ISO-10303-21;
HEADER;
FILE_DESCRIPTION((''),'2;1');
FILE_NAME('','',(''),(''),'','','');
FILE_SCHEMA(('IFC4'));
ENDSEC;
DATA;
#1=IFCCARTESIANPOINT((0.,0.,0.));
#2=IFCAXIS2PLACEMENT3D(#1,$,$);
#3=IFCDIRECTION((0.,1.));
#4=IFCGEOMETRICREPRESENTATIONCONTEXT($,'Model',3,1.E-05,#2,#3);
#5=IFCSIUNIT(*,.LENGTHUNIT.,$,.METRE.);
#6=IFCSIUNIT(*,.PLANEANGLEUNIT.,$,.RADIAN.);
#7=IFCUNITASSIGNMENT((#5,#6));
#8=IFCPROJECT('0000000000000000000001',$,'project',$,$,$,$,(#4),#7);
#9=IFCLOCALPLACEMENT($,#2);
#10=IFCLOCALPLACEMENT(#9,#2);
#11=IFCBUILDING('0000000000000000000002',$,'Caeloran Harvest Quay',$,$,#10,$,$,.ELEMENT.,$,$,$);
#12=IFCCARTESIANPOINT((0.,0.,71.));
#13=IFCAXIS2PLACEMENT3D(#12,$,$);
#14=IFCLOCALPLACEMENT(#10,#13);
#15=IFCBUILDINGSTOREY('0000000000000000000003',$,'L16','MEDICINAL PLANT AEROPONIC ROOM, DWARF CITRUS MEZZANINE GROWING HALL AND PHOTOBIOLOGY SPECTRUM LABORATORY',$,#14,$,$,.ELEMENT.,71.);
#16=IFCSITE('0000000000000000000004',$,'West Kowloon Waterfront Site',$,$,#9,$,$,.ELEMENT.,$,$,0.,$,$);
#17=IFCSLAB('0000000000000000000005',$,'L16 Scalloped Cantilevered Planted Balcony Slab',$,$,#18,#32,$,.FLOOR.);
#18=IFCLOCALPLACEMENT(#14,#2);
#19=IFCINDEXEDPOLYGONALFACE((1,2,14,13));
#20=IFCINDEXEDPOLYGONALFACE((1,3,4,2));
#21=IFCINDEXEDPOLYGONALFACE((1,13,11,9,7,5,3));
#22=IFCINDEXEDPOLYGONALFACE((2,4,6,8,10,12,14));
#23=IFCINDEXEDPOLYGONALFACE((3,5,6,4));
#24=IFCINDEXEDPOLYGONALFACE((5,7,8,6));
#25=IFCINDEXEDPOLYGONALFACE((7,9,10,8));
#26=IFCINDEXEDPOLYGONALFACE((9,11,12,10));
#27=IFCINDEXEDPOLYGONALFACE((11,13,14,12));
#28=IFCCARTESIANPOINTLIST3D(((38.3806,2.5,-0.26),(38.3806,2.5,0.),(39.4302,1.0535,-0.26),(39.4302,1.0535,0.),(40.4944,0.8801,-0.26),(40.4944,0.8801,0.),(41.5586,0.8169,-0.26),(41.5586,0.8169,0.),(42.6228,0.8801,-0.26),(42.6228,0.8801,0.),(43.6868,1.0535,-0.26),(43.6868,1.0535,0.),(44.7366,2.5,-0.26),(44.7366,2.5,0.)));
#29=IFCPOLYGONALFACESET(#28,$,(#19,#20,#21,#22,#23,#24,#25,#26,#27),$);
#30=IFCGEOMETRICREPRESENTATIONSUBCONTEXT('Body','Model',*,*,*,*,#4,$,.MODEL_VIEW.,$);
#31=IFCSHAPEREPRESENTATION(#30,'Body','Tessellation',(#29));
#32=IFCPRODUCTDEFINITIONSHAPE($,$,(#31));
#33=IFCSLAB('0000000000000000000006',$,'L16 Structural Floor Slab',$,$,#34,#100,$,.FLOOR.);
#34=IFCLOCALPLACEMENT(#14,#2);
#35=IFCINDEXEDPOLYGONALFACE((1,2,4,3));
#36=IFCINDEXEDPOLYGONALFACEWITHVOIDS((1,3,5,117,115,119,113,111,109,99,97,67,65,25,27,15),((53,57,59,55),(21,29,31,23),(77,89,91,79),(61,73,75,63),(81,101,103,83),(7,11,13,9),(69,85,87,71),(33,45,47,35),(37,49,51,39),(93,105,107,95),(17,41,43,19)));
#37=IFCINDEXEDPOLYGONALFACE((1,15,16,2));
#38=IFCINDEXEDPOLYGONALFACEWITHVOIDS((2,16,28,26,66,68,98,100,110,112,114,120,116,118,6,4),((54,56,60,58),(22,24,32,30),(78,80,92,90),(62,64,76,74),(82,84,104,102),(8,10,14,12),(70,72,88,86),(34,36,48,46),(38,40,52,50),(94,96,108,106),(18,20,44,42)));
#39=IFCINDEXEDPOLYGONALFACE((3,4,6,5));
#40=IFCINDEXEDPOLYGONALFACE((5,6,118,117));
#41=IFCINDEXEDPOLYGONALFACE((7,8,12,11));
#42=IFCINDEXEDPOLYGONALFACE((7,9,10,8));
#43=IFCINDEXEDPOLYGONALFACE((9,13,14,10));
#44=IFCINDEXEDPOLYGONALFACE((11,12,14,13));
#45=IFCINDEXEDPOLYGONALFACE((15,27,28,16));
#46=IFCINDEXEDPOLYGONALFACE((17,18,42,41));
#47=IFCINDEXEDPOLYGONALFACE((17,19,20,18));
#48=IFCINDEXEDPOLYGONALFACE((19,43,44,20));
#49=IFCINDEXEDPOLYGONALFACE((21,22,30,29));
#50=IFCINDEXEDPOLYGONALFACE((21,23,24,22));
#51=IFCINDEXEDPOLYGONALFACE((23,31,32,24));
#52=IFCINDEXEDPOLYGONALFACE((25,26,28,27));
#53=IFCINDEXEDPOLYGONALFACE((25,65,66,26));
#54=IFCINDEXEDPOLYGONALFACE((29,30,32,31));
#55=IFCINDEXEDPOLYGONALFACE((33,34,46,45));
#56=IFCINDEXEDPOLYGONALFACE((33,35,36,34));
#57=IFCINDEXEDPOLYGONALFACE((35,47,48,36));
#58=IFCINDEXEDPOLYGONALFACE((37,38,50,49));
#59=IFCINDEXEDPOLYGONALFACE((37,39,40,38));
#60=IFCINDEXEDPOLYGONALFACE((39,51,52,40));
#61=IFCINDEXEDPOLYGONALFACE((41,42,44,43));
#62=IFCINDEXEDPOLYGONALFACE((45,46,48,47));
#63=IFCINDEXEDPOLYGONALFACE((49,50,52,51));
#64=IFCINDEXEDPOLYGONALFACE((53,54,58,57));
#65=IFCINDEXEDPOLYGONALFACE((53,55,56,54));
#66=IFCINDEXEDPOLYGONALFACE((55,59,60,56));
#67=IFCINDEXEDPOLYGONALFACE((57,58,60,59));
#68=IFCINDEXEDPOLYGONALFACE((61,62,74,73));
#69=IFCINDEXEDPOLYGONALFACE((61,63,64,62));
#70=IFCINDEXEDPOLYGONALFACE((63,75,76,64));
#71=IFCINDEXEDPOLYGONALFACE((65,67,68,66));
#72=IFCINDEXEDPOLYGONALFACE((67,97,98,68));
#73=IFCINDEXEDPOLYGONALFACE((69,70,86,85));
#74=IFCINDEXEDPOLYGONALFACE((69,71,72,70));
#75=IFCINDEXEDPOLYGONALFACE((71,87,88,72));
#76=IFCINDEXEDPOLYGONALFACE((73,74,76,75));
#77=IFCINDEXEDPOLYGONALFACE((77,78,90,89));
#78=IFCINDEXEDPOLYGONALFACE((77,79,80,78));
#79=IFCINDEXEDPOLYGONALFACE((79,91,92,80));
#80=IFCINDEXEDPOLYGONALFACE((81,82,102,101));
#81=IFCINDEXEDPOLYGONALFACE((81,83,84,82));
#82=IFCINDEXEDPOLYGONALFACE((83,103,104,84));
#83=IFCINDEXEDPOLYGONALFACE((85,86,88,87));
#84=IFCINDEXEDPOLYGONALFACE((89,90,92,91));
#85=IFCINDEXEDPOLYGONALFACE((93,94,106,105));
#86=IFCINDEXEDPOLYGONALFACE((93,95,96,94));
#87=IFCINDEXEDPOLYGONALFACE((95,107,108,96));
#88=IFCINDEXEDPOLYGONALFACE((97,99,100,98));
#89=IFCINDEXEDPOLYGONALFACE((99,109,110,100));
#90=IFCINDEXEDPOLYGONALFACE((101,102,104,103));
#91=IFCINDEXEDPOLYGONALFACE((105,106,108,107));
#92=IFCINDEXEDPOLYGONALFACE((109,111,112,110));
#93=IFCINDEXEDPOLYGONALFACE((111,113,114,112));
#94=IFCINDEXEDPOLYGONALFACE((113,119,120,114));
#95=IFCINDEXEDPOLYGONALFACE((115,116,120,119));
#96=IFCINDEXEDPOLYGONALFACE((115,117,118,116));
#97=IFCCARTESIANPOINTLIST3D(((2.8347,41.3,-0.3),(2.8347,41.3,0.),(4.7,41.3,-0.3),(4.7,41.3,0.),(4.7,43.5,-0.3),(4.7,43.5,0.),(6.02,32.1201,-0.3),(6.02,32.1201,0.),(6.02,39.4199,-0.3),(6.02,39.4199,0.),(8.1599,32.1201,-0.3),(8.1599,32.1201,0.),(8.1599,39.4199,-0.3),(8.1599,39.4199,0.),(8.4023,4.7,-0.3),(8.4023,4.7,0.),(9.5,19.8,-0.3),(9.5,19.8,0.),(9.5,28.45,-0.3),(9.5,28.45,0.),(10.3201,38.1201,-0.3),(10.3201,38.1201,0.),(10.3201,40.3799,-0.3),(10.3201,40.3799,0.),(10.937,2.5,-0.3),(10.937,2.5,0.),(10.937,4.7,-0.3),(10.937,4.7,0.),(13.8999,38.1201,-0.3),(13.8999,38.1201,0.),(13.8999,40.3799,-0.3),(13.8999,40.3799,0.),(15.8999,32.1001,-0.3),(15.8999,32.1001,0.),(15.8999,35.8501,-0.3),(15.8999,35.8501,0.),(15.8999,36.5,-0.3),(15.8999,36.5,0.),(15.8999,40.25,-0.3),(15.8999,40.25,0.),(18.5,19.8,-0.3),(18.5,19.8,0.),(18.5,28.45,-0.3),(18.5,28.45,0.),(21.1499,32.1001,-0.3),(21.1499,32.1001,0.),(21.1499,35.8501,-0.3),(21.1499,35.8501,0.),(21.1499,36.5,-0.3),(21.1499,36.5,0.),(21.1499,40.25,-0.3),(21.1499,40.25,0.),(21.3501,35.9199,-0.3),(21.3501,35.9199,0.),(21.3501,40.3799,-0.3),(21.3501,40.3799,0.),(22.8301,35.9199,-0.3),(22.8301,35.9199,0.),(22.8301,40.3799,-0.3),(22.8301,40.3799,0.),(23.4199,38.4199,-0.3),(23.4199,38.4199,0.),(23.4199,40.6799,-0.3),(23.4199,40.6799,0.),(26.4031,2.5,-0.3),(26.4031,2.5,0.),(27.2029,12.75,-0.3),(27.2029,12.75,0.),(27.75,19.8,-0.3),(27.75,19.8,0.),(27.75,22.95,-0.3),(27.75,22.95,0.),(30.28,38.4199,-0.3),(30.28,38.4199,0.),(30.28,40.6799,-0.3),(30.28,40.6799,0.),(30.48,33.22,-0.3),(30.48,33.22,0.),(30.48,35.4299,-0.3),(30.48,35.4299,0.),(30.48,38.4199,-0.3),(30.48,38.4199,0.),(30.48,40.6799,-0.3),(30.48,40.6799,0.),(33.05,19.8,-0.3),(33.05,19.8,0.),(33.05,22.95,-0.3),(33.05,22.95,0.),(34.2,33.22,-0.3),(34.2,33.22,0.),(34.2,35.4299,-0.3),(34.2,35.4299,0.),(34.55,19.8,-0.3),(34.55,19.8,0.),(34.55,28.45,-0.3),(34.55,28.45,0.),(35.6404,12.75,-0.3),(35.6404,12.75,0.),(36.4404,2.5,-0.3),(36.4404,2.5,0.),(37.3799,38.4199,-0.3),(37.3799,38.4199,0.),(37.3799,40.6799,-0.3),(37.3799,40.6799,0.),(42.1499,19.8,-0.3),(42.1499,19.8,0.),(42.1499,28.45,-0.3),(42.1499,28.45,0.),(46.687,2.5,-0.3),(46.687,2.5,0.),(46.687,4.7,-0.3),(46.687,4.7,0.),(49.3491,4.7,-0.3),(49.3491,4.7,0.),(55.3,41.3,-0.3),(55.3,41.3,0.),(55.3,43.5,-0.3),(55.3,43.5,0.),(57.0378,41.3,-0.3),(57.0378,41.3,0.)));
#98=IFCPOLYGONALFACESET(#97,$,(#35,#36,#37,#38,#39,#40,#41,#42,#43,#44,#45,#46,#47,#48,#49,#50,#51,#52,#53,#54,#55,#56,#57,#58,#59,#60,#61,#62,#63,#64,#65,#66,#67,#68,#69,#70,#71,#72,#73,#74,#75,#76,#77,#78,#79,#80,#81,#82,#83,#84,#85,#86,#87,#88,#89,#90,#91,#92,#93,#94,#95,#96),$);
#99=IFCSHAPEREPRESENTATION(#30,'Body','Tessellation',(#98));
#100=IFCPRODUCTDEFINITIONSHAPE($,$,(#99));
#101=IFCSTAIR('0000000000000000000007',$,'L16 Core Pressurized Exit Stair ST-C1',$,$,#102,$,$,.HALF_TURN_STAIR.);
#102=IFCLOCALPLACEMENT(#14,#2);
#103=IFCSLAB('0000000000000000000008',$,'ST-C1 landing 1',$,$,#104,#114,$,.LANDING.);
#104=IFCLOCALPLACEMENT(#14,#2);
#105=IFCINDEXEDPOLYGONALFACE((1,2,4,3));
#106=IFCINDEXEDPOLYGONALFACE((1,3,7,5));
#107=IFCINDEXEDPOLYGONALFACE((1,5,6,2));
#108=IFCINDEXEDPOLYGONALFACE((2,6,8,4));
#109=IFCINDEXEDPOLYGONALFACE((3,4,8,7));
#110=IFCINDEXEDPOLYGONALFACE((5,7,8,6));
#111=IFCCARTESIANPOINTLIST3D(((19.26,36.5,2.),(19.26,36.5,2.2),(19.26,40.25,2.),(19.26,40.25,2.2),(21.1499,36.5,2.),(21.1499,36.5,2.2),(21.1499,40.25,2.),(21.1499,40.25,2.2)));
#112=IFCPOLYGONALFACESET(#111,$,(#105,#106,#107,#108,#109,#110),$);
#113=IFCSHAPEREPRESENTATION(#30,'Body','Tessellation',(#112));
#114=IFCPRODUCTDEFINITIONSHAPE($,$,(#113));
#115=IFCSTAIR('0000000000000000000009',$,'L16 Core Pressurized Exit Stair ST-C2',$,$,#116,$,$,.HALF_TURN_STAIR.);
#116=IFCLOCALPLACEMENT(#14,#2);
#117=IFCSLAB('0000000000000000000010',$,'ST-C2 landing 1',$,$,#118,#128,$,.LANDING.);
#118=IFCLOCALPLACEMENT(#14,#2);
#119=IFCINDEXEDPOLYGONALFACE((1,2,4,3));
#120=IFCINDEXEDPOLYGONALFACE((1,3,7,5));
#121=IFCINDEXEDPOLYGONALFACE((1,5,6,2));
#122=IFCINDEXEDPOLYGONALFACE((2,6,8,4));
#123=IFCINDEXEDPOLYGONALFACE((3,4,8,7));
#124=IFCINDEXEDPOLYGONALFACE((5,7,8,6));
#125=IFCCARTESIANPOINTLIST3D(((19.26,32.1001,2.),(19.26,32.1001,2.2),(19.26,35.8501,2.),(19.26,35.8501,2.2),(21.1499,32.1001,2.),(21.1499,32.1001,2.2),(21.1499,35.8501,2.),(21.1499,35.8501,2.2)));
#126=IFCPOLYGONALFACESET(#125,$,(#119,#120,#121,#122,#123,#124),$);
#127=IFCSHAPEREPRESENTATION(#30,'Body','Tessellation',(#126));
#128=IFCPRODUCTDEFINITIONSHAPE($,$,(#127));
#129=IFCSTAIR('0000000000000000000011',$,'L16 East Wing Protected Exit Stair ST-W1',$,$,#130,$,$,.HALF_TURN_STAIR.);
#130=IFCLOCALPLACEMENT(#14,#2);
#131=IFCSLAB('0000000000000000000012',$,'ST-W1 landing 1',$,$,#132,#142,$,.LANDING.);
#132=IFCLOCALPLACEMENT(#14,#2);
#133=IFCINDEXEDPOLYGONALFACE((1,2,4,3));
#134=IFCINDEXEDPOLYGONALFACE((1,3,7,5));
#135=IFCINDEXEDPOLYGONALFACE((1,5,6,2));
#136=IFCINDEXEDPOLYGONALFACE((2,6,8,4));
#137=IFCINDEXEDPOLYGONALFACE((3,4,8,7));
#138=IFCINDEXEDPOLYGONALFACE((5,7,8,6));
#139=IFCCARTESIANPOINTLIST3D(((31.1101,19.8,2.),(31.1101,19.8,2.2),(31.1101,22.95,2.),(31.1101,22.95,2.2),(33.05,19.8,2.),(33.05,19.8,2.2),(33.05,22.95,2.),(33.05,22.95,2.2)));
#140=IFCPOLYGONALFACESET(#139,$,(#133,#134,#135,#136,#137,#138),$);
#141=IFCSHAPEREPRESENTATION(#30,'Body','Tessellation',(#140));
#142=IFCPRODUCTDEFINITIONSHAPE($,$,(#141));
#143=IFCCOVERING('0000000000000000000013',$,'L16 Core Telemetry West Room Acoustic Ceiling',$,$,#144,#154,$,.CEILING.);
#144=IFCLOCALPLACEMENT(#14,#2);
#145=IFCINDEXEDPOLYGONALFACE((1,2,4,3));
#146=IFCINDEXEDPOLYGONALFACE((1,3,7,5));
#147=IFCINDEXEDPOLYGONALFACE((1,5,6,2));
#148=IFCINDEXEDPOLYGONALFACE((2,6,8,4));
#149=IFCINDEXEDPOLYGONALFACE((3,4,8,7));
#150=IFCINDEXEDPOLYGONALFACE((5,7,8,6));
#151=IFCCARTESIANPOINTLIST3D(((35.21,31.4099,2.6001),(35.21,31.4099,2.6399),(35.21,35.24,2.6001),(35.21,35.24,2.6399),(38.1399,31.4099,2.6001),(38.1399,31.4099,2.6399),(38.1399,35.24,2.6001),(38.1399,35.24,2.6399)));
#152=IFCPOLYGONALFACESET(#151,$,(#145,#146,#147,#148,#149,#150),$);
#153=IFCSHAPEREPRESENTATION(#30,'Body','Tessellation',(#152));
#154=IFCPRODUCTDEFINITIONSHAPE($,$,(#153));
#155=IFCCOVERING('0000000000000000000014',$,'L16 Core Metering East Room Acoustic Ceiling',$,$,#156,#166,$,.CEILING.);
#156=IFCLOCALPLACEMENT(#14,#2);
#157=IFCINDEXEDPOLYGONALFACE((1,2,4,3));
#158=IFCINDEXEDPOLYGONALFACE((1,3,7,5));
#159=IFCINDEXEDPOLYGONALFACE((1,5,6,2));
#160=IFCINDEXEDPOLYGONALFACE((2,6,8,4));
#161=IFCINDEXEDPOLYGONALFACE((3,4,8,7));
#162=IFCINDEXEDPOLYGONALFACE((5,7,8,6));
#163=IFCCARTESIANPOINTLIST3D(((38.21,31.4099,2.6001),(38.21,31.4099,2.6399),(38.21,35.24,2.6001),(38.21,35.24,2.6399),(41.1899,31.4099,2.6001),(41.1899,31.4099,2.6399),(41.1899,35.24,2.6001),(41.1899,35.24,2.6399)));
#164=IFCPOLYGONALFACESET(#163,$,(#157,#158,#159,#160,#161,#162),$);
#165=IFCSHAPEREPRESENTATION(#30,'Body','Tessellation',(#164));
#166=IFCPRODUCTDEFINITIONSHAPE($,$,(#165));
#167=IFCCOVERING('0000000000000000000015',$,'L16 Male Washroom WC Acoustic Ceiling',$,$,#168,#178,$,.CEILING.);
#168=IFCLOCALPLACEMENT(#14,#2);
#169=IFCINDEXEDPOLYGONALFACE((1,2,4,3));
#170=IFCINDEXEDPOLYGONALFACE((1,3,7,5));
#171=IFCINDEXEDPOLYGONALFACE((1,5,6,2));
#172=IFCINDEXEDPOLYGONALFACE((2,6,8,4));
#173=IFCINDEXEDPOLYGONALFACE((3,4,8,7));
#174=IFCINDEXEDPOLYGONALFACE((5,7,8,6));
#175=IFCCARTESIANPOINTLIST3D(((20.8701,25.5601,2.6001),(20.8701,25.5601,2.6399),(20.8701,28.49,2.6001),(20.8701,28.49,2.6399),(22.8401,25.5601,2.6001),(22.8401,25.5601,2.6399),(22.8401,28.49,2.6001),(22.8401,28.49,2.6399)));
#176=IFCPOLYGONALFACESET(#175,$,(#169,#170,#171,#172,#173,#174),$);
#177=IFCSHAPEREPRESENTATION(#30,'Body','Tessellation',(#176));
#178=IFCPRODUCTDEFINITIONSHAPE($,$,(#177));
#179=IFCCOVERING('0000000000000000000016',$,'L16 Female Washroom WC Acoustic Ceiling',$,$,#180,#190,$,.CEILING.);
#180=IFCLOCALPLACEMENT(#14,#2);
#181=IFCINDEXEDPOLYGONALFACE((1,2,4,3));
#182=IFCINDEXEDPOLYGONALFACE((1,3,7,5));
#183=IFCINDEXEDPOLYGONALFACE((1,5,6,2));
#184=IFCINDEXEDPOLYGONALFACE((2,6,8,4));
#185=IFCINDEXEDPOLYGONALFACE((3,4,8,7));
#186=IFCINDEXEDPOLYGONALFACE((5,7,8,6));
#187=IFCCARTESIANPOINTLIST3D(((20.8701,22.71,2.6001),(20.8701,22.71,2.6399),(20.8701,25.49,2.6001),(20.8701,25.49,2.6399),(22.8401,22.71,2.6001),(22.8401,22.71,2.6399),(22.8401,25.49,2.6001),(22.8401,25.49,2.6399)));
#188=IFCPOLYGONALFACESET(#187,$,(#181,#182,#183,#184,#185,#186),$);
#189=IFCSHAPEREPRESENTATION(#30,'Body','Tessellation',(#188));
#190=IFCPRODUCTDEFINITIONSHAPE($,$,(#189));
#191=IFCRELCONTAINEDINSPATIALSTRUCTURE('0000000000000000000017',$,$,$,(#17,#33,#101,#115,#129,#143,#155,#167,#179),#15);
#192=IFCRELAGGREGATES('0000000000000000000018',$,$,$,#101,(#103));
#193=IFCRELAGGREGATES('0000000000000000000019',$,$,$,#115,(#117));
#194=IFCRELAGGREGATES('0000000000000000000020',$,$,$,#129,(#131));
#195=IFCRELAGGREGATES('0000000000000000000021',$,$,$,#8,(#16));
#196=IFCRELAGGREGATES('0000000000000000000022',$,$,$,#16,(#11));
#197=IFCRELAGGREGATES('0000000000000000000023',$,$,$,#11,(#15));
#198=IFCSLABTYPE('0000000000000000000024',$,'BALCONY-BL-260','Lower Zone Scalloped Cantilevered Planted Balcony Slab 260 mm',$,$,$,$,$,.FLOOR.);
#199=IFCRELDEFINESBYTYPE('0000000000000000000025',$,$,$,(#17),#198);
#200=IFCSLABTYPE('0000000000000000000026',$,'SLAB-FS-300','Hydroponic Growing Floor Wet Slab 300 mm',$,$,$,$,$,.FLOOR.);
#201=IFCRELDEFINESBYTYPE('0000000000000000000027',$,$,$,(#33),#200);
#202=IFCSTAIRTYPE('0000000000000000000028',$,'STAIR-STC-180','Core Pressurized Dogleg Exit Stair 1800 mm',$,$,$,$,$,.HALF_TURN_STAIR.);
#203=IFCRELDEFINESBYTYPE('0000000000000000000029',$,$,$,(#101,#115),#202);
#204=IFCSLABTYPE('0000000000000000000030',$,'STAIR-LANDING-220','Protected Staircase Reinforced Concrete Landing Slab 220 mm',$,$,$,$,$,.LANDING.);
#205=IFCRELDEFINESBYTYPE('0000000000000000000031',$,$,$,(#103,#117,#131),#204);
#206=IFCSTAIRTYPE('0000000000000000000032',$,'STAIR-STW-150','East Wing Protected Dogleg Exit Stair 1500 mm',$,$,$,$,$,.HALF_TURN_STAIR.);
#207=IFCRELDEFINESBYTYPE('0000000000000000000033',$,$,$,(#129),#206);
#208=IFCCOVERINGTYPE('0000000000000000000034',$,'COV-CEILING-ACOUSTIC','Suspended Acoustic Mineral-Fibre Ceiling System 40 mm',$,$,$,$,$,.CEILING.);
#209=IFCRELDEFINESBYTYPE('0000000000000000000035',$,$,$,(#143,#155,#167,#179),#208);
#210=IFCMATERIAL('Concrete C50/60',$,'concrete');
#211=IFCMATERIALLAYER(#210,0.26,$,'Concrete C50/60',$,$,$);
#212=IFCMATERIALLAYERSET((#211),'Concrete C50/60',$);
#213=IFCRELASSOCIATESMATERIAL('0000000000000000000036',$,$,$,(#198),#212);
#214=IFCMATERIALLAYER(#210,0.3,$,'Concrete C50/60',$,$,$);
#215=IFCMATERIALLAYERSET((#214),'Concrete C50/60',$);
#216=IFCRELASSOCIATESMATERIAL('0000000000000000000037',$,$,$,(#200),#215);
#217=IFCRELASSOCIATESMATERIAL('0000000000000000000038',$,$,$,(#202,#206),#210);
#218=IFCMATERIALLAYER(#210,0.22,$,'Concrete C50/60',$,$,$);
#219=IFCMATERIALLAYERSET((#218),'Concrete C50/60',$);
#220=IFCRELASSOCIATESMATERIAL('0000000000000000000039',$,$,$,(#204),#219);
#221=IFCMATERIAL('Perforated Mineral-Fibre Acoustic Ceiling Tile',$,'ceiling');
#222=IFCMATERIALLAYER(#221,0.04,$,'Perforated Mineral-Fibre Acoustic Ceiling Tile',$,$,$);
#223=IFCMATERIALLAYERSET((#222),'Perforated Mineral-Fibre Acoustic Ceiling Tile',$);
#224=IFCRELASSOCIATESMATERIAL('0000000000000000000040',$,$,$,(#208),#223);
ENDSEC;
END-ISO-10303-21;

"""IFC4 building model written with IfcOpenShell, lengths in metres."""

from ifc_helpers import new_model, si_unit, direction, frame, origin, place, context, subcontext, project, spatial, polyline, outline, extrude, material, layer, layer_set, type_object, element, aggregate, save


model = new_model("IFC4")

# Units and contexts
model_context = context("Model", 3, precision=1e-05, world=origin(), true_north=direction((0.0, 1.0)))
body_context = subcontext(model_context, "Body", "Model", "MODEL_VIEW")
ifc_project = project(units=[si_unit("LENGTHUNIT", "METRE"), si_unit("PLANEANGLEUNIT", "RADIAN")], contexts=[model_context])

# Site, building, storey
site_placement = place(None, origin())
site = spatial("IfcSite", under=ifc_project, at=site_placement, Name="West Kowloon Waterfront Site", CompositionType="ELEMENT", RefElevation=0.0)
building_placement = place(site_placement, origin())
building = spatial("IfcBuilding", under=site, at=building_placement, Name="Caeloran Harvest Quay", CompositionType="ELEMENT")
storey_placement = place(building_placement, frame((0.0, 0.0, 71.0)))
storey = spatial("IfcBuildingStorey", under=building, at=storey_placement, Name="L16", Description="MEDICINAL PLANT AEROPONIC ROOM, DWARF CITRUS MEZZANINE GROWING HALL AND PHOTOBIOLOGY SPECTRUM LABORATORY", CompositionType="ELEMENT", Elevation=71.0)

# Slabs
ifc_material_1 = material(Name="Concrete C50/60", Category="concrete")
ifc_layer_1 = layer(ifc_material_1, 0.26, Name="Concrete C50/60")
ifc_layer_set_1 = layer_set([ifc_layer_1], Name="Concrete C50/60")
slab_type_1 = type_object("IfcSlabType", Name="BALCONY-BL-260", Description="Lower Zone Scalloped Cantilevered Planted Balcony Slab 260 mm", PredefinedType="FLOOR", material=ifc_layer_set_1)
slab_1_placement = place(storey_placement, frame((0.0, 0.0, -0.26)))
element("IfcSlab", 1, at=slab_1_placement, inside=storey, type_object=slab_type_1, Name="L16 Scalloped Cantilevered Planted Balcony Slab", PredefinedType="FLOOR", context=body_context, shape_type="SweptSolid", body=[
    extrude(outline(polyline([(43.6868, 1.0535), (42.6228, 0.8801), (41.5586, 0.8169), (40.4944, 0.8801), (39.4302, 1.0535), (38.3806, 2.5), (44.7366, 2.5), (43.6868, 1.0535)])), origin(), (0.0, 0.0, 1.0), 0.26),
])
ifc_layer_2 = layer(ifc_material_1, 0.3, Name="Concrete C50/60")
ifc_layer_set_2 = layer_set([ifc_layer_2], Name="Concrete C50/60")
slab_type_2 = type_object("IfcSlabType", Name="SLAB-FS-300", Description="Hydroponic Growing Floor Wet Slab 300 mm", PredefinedType="FLOOR", material=ifc_layer_set_2)
slab_2_placement = place(storey_placement, frame((0.0, 0.0, -0.3)))
element("IfcSlab", 2, at=slab_2_placement, inside=storey, type_object=slab_type_2, Name="L16 Structural Floor Slab", PredefinedType="FLOOR", context=body_context, shape_type="SweptSolid", body=[
    extrude(outline(polyline([(10.937, 2.5), (26.4031, 2.5), (27.2029, 12.75), (35.6404, 12.75), (36.4404, 2.5), (46.687, 2.5), (46.687, 4.7), (49.3491, 4.7), (57.0378, 41.3), (55.3, 41.3), (55.3, 43.5), (4.7, 43.5), (4.7, 41.3), (2.8347, 41.3), (8.4023, 4.7), (10.937, 4.7), (10.937, 2.5)]), holes=[polyline([(18.5, 19.8), (9.5, 19.8), (9.5, 28.45), (18.5, 28.45), (18.5, 19.8)]), polyline([(15.8999, 32.1001), (15.8999, 35.8501), (21.1499, 35.8501), (21.1499, 32.1001), (15.8999, 32.1001)]), polyline([(8.1599, 32.1201), (6.02, 32.1201), (6.02, 39.4199), (8.1599, 39.4199), (8.1599, 32.1201)]), polyline([(21.3501, 35.9199), (21.3501, 40.3799), (22.8301, 40.3799), (22.8301, 35.9199), (21.3501, 35.9199)]), polyline([(15.8999, 40.25), (21.1499, 40.25), (21.1499, 36.5), (15.8999, 36.5), (15.8999, 40.25)]), polyline([(13.8999, 38.1201), (10.3201, 38.1201), (10.3201, 40.3799), (13.8999, 40.3799), (13.8999, 38.1201)]), polyline([(27.75, 22.95), (33.05, 22.95), (33.05, 19.8), (27.75, 19.8), (27.75, 22.95)]), polyline([(34.55, 19.8), (34.55, 28.45), (42.1499, 28.45), (42.1499, 19.8), (34.55, 19.8)]), polyline([(34.2, 33.22), (30.48, 33.22), (30.48, 35.4299), (34.2, 35.4299), (34.2, 33.22)]), polyline([(23.4199, 38.4199), (23.4199, 40.6799), (30.28, 40.6799), (30.28, 38.4199), (23.4199, 38.4199)]), polyline([(30.48, 38.4199), (30.48, 40.6799), (37.3799, 40.6799), (37.3799, 38.4199), (30.48, 38.4199)])]), origin(), (0.0, 0.0, 1.0), 0.3),
])

# Stairs, slabs
stair_type_1 = type_object("IfcStairType", Name="STAIR-STC-180", Description="Core Pressurized Dogleg Exit Stair 1800 mm", PredefinedType="HALF_TURN_STAIR", material=ifc_material_1)
stair_1_placement = place(storey_placement, origin())
stair_1 = element("IfcStair", 3, at=stair_1_placement, inside=storey, type_object=stair_type_1, Name="L16 Core Pressurized Exit Stair ST-C1", PredefinedType="HALF_TURN_STAIR")
ifc_layer_3 = layer(ifc_material_1, 0.22, Name="Concrete C50/60")
ifc_layer_set_3 = layer_set([ifc_layer_3], Name="Concrete C50/60")
slab_type_3 = type_object("IfcSlabType", Name="STAIR-LANDING-220", Description="Protected Staircase Reinforced Concrete Landing Slab 220 mm", PredefinedType="LANDING", material=ifc_layer_set_3)
slab_3_placement = place(storey_placement, frame((0.0, 0.0, 2.0)))
slab_3 = element("IfcSlab", 4, at=slab_3_placement, type_object=slab_type_3, Name="ST-C1 landing 1", PredefinedType="LANDING", context=body_context, shape_type="SweptSolid", body=[
    extrude(outline(polyline([(19.26, 36.5), (21.1499, 36.5), (21.1499, 40.25), (19.26, 40.25), (19.26, 36.5)])), origin(), (0.0, 0.0, 1.0), 0.2),
])
aggregate(stair_1, [slab_3])
stair_2_placement = place(storey_placement, origin())
stair_2 = element("IfcStair", 5, at=stair_2_placement, inside=storey, type_object=stair_type_1, Name="L16 Core Pressurized Exit Stair ST-C2", PredefinedType="HALF_TURN_STAIR")
slab_4_placement = place(storey_placement, frame((0.0, 0.0, 2.0)))
slab_4 = element("IfcSlab", 6, at=slab_4_placement, type_object=slab_type_3, Name="ST-C2 landing 1", PredefinedType="LANDING", context=body_context, shape_type="SweptSolid", body=[
    extrude(outline(polyline([(19.26, 32.1001), (21.1499, 32.1001), (21.1499, 35.8501), (19.26, 35.8501), (19.26, 32.1001)])), origin(), (0.0, 0.0, 1.0), 0.2),
])
aggregate(stair_2, [slab_4])
stair_type_2 = type_object("IfcStairType", Name="STAIR-STW-150", Description="East Wing Protected Dogleg Exit Stair 1500 mm", PredefinedType="HALF_TURN_STAIR", material=ifc_material_1)
stair_3_placement = place(storey_placement, origin())
stair_3 = element("IfcStair", 7, at=stair_3_placement, inside=storey, type_object=stair_type_2, Name="L16 East Wing Protected Exit Stair ST-W1", PredefinedType="HALF_TURN_STAIR")
slab_5_placement = place(storey_placement, frame((0.0, 0.0, 2.0)))
slab_5 = element("IfcSlab", 8, at=slab_5_placement, type_object=slab_type_3, Name="ST-W1 landing 1", PredefinedType="LANDING", context=body_context, shape_type="SweptSolid", body=[
    extrude(outline(polyline([(31.1101, 19.8), (33.05, 19.8), (33.05, 22.95), (31.1101, 22.95), (31.1101, 19.8)])), origin(), (0.0, 0.0, 1.0), 0.2),
])
aggregate(stair_3, [slab_5])

# Coverings
ifc_material_2 = material(Name="Perforated Mineral-Fibre Acoustic Ceiling Tile", Category="ceiling")
ifc_layer_4 = layer(ifc_material_2, 0.04, Name="Perforated Mineral-Fibre Acoustic Ceiling Tile")
ifc_layer_set_4 = layer_set([ifc_layer_4], Name="Perforated Mineral-Fibre Acoustic Ceiling Tile")
covering_type_1 = type_object("IfcCoveringType", Name="COV-CEILING-ACOUSTIC", Description="Suspended Acoustic Mineral-Fibre Ceiling System 40 mm", PredefinedType="CEILING", material=ifc_layer_set_4)
covering_1_placement = place(storey_placement, frame((0.0, 0.0, 2.6001)))
element("IfcCovering", 9, at=covering_1_placement, inside=storey, type_object=covering_type_1, Name="L16 Core Telemetry West Room Acoustic Ceiling", PredefinedType="CEILING", context=body_context, shape_type="SweptSolid", body=[
    extrude(outline(polyline([(38.1399, 35.24), (38.1399, 31.4099), (35.21, 31.4099), (35.21, 35.24), (38.1399, 35.24)])), origin(), (0.0, 0.0, 1.0), 0.0398),
])
covering_2_placement = place(storey_placement, frame((0.0, 0.0, 2.6001)))
element("IfcCovering", 10, at=covering_2_placement, inside=storey, type_object=covering_type_1, Name="L16 Core Metering East Room Acoustic Ceiling", PredefinedType="CEILING", context=body_context, shape_type="SweptSolid", body=[
    extrude(outline(polyline([(41.1899, 35.24), (41.1899, 31.4099), (38.21, 31.4099), (38.21, 35.24), (41.1899, 35.24)])), origin(), (0.0, 0.0, 1.0), 0.0398),
])
covering_3_placement = place(storey_placement, frame((0.0, 0.0, 2.6001)))
element("IfcCovering", 11, at=covering_3_placement, inside=storey, type_object=covering_type_1, Name="L16 Male Washroom WC Acoustic Ceiling", PredefinedType="CEILING", context=body_context, shape_type="SweptSolid", body=[
    extrude(outline(polyline([(22.8401, 25.5601), (20.8701, 25.5601), (20.8701, 28.49), (22.8401, 28.49), (22.8401, 25.5601)])), origin(), (0.0, 0.0, 1.0), 0.0398),
])
covering_4_placement = place(storey_placement, frame((0.0, 0.0, 2.6001)))
element("IfcCovering", 12, at=covering_4_placement, inside=storey, type_object=covering_type_1, Name="L16 Female Washroom WC Acoustic Ceiling", PredefinedType="CEILING", context=body_context, shape_type="SweptSolid", body=[
    extrude(outline(polyline([(22.8401, 22.71), (20.8701, 22.71), (20.8701, 25.49), (22.8401, 25.49), (22.8401, 22.71)])), origin(), (0.0, 0.0, 1.0), 0.0398),
])

save(model, "model.ifc")
